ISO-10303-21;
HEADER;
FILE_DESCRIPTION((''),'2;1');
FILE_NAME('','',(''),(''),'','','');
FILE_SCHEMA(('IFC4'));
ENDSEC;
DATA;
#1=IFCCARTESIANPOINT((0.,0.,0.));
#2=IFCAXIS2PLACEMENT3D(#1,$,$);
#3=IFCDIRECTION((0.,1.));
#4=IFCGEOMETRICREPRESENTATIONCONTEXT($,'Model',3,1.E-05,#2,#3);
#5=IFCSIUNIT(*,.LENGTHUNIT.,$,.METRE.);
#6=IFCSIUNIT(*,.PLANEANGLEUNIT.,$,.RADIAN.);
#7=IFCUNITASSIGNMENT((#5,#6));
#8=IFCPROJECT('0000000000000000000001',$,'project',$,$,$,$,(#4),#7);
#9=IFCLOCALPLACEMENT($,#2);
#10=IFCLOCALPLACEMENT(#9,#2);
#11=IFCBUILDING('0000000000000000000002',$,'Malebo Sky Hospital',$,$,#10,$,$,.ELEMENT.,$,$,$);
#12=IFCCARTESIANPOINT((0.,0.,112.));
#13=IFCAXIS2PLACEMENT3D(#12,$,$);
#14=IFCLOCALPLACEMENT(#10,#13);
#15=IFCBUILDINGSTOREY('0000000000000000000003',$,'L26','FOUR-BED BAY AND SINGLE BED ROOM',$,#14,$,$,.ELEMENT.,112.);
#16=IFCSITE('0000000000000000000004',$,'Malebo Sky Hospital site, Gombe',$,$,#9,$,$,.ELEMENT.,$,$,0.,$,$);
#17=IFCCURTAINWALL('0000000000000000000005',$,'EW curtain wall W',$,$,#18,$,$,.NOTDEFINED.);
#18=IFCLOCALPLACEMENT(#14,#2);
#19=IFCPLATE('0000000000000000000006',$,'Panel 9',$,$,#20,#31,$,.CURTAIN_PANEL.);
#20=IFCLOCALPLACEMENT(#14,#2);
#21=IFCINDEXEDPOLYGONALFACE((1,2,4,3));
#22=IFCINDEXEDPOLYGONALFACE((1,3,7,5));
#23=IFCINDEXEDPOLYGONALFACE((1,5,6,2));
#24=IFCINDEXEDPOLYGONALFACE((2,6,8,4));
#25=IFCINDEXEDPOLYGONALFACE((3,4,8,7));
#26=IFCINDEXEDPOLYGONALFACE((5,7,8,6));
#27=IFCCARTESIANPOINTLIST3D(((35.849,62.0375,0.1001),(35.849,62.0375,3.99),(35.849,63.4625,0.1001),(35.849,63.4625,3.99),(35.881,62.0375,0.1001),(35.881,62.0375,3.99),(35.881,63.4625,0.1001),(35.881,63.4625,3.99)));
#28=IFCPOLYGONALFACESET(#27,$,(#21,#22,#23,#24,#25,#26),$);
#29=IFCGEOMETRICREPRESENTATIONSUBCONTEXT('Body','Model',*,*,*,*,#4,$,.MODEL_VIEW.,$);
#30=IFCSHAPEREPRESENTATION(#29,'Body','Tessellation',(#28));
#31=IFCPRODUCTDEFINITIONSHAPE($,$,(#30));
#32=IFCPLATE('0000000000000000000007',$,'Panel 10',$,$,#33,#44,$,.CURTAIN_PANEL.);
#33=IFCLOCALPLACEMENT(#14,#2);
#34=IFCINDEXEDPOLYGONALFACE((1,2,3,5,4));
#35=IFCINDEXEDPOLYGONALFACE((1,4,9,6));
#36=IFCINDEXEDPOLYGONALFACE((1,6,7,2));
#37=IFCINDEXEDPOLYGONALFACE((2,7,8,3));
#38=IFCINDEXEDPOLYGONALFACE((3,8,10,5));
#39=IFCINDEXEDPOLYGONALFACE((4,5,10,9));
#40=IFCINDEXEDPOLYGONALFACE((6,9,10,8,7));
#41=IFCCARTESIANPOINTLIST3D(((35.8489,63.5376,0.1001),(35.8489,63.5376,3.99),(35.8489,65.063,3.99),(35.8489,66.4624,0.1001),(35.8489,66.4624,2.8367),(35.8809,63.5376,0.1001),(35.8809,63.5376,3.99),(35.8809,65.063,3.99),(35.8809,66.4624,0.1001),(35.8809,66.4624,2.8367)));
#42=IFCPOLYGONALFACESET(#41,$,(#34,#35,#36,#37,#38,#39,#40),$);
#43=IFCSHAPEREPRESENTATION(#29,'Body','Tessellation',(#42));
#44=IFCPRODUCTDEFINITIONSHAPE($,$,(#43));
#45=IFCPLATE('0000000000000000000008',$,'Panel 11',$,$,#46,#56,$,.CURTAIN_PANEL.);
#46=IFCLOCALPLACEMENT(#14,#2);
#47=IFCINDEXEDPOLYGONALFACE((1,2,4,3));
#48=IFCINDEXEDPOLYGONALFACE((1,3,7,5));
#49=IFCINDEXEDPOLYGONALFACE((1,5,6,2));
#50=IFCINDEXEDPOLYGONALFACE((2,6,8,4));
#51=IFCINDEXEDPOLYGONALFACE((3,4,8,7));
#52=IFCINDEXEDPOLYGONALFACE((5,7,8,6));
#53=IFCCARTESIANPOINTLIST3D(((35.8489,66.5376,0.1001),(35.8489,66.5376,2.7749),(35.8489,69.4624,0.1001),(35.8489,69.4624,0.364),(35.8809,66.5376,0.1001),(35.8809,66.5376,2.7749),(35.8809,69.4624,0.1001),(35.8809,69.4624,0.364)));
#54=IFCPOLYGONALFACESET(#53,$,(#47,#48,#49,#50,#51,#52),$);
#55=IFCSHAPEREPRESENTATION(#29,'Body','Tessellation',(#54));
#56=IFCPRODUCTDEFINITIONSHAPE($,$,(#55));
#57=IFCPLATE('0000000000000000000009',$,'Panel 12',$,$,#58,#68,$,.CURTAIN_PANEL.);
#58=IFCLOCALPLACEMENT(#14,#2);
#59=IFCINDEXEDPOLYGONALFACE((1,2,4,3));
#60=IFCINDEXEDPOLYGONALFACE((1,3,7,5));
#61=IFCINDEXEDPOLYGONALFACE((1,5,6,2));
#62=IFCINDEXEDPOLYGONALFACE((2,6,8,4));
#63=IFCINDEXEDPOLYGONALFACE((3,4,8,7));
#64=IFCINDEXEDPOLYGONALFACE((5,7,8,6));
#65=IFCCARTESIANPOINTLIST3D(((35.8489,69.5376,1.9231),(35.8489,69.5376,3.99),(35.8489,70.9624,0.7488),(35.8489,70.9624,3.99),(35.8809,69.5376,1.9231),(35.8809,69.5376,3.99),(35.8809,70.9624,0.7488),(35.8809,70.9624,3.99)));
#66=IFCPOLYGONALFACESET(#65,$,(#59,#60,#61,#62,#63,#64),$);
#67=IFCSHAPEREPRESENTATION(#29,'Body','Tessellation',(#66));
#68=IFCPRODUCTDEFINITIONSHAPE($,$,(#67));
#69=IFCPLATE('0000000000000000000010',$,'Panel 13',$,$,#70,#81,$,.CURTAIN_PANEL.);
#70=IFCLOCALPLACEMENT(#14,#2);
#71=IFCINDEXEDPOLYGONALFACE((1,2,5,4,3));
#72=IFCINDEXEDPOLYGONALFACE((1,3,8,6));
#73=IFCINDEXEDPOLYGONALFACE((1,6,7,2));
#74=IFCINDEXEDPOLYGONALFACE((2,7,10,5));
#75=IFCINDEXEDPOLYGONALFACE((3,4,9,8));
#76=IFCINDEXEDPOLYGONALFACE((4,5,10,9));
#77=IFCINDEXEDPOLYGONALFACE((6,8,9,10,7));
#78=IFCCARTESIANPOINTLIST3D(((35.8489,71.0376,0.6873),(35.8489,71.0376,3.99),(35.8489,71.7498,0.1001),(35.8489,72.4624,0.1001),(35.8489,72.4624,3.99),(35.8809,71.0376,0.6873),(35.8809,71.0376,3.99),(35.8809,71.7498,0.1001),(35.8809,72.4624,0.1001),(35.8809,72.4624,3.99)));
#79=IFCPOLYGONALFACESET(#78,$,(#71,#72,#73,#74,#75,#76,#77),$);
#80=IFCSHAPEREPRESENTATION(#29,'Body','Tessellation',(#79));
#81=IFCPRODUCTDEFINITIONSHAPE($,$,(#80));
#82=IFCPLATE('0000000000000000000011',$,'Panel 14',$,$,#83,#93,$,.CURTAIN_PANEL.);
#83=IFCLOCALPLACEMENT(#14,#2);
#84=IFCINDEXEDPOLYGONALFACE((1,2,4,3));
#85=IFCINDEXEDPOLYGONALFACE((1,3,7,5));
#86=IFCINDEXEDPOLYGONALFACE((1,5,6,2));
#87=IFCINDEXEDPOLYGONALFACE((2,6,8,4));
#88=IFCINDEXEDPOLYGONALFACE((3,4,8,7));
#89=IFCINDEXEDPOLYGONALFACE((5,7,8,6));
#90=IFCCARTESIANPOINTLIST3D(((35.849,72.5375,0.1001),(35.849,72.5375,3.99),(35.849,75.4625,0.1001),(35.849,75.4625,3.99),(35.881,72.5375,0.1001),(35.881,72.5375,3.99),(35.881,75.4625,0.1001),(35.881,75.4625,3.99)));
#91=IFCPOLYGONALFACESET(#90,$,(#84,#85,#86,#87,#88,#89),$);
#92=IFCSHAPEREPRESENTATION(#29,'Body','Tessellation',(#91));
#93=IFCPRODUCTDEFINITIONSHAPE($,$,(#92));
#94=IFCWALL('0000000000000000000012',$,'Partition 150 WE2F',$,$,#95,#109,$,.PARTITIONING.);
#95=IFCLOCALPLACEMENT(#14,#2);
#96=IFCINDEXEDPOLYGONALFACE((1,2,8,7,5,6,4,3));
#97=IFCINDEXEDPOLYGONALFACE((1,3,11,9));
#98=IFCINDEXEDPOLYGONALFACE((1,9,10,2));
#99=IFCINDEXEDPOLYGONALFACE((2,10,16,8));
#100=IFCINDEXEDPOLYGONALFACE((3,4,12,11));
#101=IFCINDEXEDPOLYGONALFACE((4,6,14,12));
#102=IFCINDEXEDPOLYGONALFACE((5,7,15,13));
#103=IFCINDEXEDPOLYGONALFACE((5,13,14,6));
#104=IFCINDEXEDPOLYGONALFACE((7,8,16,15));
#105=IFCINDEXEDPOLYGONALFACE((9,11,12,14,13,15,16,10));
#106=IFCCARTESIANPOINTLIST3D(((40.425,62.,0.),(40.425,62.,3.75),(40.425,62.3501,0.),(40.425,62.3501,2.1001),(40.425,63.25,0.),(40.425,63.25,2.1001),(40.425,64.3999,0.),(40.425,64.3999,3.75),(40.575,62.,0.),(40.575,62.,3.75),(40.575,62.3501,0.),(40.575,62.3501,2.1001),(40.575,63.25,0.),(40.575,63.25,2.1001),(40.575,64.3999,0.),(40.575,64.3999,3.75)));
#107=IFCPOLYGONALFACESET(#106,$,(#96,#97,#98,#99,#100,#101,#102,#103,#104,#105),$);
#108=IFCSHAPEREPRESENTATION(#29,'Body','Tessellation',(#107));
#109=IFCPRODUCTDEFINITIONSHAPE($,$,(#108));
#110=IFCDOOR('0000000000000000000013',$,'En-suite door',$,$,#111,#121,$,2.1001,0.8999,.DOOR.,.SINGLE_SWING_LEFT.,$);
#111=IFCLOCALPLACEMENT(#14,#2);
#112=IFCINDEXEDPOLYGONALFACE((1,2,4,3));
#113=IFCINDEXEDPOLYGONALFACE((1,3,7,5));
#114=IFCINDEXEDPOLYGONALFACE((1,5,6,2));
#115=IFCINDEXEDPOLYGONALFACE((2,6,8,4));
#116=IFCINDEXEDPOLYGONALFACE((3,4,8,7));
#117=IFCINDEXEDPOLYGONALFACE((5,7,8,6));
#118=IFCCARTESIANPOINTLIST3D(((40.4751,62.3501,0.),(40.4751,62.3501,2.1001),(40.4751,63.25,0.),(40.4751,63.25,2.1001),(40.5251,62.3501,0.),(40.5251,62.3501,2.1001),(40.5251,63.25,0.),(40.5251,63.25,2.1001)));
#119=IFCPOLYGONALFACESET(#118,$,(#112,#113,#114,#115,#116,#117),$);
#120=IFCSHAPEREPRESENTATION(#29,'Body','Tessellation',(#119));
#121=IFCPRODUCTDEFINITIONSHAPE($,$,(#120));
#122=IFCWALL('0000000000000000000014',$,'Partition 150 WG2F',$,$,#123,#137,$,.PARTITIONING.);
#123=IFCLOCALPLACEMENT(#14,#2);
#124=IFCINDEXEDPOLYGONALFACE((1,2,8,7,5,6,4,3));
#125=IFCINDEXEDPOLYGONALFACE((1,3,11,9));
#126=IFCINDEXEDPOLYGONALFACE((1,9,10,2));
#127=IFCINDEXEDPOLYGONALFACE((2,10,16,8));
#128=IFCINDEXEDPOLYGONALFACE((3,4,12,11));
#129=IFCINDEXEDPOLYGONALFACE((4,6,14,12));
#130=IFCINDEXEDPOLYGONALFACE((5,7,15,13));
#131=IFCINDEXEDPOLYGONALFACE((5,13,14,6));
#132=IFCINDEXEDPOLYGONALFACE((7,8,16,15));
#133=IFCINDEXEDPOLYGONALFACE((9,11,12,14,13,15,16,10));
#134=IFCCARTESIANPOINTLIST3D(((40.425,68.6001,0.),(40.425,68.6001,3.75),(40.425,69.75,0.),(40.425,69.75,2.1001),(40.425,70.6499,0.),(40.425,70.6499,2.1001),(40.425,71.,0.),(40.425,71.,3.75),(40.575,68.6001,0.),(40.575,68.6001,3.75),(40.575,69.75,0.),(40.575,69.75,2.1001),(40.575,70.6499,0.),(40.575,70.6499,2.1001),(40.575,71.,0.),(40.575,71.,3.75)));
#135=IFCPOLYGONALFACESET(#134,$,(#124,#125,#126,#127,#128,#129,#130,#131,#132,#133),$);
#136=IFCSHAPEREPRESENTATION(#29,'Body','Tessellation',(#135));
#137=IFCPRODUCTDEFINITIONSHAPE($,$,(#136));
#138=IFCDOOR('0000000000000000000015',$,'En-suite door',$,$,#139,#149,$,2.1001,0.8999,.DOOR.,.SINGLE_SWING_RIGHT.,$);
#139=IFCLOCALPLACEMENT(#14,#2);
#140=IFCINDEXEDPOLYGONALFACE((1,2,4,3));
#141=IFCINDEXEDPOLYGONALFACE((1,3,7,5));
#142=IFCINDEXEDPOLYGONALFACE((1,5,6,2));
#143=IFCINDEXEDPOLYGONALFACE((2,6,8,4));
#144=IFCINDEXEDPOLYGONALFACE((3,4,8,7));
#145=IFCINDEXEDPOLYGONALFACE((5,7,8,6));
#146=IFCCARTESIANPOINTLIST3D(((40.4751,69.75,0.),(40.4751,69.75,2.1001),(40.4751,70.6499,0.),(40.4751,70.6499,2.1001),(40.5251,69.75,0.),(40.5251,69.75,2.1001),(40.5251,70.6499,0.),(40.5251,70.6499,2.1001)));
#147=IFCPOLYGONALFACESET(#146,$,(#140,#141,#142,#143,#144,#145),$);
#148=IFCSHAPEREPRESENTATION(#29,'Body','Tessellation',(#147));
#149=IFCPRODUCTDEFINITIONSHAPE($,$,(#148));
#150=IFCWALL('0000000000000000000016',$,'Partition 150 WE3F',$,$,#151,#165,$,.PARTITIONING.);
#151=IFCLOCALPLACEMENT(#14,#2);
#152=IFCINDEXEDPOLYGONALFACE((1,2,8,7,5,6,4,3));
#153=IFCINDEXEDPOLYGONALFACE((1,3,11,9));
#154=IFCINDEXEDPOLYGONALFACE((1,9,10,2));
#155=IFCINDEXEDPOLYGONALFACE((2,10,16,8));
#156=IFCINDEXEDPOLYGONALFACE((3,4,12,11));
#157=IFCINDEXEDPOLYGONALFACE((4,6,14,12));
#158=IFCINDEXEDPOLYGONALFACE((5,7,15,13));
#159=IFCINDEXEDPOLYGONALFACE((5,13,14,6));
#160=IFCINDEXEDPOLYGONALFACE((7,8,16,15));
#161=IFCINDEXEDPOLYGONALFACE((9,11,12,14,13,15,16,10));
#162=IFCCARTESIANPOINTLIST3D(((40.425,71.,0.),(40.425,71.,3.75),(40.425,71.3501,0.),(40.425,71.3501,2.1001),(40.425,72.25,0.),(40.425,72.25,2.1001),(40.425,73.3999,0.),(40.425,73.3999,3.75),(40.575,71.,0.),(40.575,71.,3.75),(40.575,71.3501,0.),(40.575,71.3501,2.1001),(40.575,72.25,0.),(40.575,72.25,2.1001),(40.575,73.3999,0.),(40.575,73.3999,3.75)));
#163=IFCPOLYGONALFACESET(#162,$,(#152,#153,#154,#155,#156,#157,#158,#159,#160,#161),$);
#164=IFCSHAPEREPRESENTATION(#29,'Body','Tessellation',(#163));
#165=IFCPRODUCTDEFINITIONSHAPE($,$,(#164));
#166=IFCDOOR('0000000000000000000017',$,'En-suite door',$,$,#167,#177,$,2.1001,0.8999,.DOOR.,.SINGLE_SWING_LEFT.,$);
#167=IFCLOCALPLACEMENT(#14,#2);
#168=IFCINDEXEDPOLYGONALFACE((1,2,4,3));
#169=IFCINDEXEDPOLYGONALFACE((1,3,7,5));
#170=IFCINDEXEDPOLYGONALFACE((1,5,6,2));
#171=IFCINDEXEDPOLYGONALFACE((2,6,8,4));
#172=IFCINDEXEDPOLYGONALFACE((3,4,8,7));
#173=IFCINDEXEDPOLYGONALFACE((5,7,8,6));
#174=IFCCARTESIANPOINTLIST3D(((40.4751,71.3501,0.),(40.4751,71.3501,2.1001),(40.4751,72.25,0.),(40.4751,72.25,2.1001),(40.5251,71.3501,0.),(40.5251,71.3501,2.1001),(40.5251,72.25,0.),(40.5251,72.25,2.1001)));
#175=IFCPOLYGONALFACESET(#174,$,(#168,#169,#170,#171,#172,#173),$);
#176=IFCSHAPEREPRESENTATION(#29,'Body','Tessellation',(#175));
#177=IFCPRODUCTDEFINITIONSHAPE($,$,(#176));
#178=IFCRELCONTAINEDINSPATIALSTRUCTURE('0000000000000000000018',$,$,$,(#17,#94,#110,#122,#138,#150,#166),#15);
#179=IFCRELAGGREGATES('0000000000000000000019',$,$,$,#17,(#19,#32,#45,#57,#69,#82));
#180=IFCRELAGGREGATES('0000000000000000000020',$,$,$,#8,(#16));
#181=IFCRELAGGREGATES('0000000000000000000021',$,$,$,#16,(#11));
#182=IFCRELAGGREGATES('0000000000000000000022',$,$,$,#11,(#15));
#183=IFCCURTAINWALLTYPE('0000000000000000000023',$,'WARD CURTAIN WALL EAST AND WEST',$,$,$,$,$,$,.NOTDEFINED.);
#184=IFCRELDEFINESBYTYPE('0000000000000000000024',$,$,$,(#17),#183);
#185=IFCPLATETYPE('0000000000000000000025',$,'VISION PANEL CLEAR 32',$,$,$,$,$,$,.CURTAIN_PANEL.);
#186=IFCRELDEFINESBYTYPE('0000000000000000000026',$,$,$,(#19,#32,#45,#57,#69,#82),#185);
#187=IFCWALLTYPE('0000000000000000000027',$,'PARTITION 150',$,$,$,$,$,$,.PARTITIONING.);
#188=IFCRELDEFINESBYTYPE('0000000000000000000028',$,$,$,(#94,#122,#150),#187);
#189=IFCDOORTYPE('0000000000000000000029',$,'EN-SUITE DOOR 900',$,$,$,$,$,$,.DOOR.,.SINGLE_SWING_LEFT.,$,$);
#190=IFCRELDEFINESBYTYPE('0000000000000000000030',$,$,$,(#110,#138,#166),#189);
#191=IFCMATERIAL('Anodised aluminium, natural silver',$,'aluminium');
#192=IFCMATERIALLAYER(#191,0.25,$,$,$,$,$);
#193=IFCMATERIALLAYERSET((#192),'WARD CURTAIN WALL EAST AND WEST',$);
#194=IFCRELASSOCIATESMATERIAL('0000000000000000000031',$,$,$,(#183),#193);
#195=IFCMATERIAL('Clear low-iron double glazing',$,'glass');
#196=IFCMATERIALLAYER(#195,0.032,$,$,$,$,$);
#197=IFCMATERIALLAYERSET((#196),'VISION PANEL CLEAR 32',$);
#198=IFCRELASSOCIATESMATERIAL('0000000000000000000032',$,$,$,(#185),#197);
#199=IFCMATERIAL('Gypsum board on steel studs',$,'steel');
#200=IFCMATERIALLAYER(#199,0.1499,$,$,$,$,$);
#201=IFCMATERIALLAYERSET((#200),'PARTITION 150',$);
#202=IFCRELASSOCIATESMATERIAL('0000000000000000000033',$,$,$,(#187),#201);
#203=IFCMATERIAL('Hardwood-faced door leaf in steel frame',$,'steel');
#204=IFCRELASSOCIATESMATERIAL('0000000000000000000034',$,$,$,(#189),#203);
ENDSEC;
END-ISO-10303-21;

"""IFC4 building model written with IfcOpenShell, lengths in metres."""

from ifc_helpers import new_model, si_unit, direction, frame, frame_2d, origin, origin_2d, place, context, subcontext, project, spatial, polyline, rectangle, outline, extrude, material, layer, layer_set, type_object, element, fill, aggregate, save


model = new_model("IFC4")

# Units and contexts
model_context = context("Model", 3, precision=1e-05, world=origin(), true_north=direction((0.0, 1.0)))
body_context = subcontext(model_context, "Body", "Model", "MODEL_VIEW")
ifc_project = project(units=[si_unit("LENGTHUNIT", "METRE"), si_unit("PLANEANGLEUNIT", "RADIAN")], contexts=[model_context])

# Site, building, storey
site_placement = place(None, origin())
site = spatial("IfcSite", under=ifc_project, at=site_placement, Name="Malebo Sky Hospital site, Gombe", CompositionType="ELEMENT", RefElevation=0.0)
building_placement = place(site_placement, origin())
building = spatial("IfcBuilding", under=site, at=building_placement, Name="Malebo Sky Hospital", CompositionType="ELEMENT")
storey_placement = place(building_placement, frame((0.0, 0.0, 112.0)))
storey = spatial("IfcBuildingStorey", under=building, at=storey_placement, Name="L26", Description="FOUR-BED BAY AND SINGLE BED ROOM", CompositionType="ELEMENT", Elevation=112.0)

# Curtain wall
ifc_material_1 = material(Name="Anodised aluminium, natural silver", Category="aluminium")
ifc_layer_1 = layer(ifc_material_1, 0.25)
ifc_layer_set_1 = layer_set([ifc_layer_1], Name="WARD CURTAIN WALL EAST AND WEST")
curtain_wall_type = type_object("IfcCurtainWallType", Name="WARD CURTAIN WALL EAST AND WEST", PredefinedType="NOTDEFINED", material=ifc_layer_set_1)
curtain_wall_placement = place(storey_placement, origin())
curtain_wall = element("IfcCurtainWall", 1, at=curtain_wall_placement, inside=storey, type_object=curtain_wall_type, Name="EW curtain wall W", PredefinedType="NOTDEFINED")

# Plates
ifc_material_2 = material(Name="Clear low-iron double glazing", Category="glass")
ifc_layer_2 = layer(ifc_material_2, 0.032)
ifc_layer_set_2 = layer_set([ifc_layer_2], Name="VISION PANEL CLEAR 32")
plate_type = type_object("IfcPlateType", Name="VISION PANEL CLEAR 32", PredefinedType="CURTAIN_PANEL", material=ifc_layer_set_2)
plate_1_placement = place(storey_placement, frame((35.865, 62.75, 0.1001), z_axis=(0.0, 0.0, 1.0), x_axis=(0.0, 1.0, 0.0)))
plate_1 = element("IfcPlate", 2, at=plate_1_placement, type_object=plate_type, Name="Panel 9", PredefinedType="CURTAIN_PANEL", context=body_context, shape_type="SweptSolid", body=[
    extrude(rectangle(XDim=1.425, YDim=0.032, at=origin_2d()), origin(), (0.0, 0.0, 1.0), 3.8899),
])
plate_2_placement = place(storey_placement, frame((35.865, 65.0, 0.1001), z_axis=(0.0, 0.0, 1.0), x_axis=(0.0, 1.0, 0.0)))
plate_2 = element("IfcPlate", 3, at=plate_2_placement, type_object=plate_type, Name="Panel 10", PredefinedType="CURTAIN_PANEL", context=body_context, shape_type="SweptSolid", body=[
    extrude(outline(polyline([(-1.4624, 0.0), (1.4624, 0.0), (1.4624, 2.7366), (0.063, 3.8899), (-1.4624, 3.8899), (-1.4624, 0.0)])), frame((0.0, 0.0161, 0.0), z_axis=(0.0, -1.0, 0.0), x_axis=(1.0, 0.0, 0.0)), (0.0, 0.0, 1.0), 0.032),
])
plate_3_placement = place(storey_placement, frame((35.865, 68.0, 0.1001), z_axis=(0.0, 0.0, 1.0), x_axis=(0.0, 1.0, 0.0)))
plate_3 = element("IfcPlate", 4, at=plate_3_placement, type_object=plate_type, Name="Panel 11", PredefinedType="CURTAIN_PANEL", context=body_context, shape_type="SweptSolid", body=[
    extrude(outline(polyline([(-1.4624, 0.0), (1.4624, 0.0), (1.4624, 0.2639), (-1.4624, 2.6748), (-1.4624, 0.0)])), frame((0.0, 0.0161, 0.0), z_axis=(0.0, -1.0, 0.0), x_axis=(1.0, 0.0, 0.0)), (0.0, 0.0, 1.0), 0.032),
])
plate_4_placement = place(storey_placement, frame((35.865, 70.25, 0.7488), z_axis=(0.0, 0.0, 1.0), x_axis=(0.0, 1.0, 0.0)))
plate_4 = element("IfcPlate", 5, at=plate_4_placement, type_object=plate_type, Name="Panel 12", PredefinedType="CURTAIN_PANEL", context=body_context, shape_type="SweptSolid", body=[
    extrude(outline(polyline([(0.7124, 0.0), (0.7124, 3.2412), (-0.7124, 3.2412), (-0.7124, 1.1743), (0.7124, 0.0)])), frame((0.0, 0.0161, 0.0), z_axis=(0.0, -1.0, 0.0), x_axis=(1.0, 0.0, 0.0)), (0.0, 0.0, 1.0), 0.032),
])
plate_5_placement = place(storey_placement, frame((35.865, 71.75, 0.1001), z_axis=(0.0, 0.0, 1.0), x_axis=(0.0, 1.0, 0.0)))
plate_5 = element("IfcPlate", 6, at=plate_5_placement, type_object=plate_type, Name="Panel 13", PredefinedType="CURTAIN_PANEL", context=body_context, shape_type="SweptSolid", body=[
    extrude(outline(polyline([(-0.0002, 0.0), (0.7124, 0.0), (0.7124, 3.8899), (-0.7124, 3.8899), (-0.7124, 0.5872), (-0.0002, 0.0)])), frame((0.0, 0.0161, 0.0), z_axis=(0.0, -1.0, 0.0), x_axis=(1.0, 0.0, 0.0)), (0.0, 0.0, 1.0), 0.032),
])
plate_6_placement = place(storey_placement, frame((35.865, 74.0, 0.1001), z_axis=(0.0, 0.0, 1.0), x_axis=(0.0, 1.0, 0.0)))
plate_6 = element("IfcPlate", 7, at=plate_6_placement, type_object=plate_type, Name="Panel 14", PredefinedType="CURTAIN_PANEL", context=body_context, shape_type="SweptSolid", body=[
    extrude(rectangle(XDim=2.925, YDim=0.032, at=origin_2d()), origin(), (0.0, 0.0, 1.0), 3.8899),
])
aggregate(curtain_wall, [plate_1, plate_2, plate_3, plate_4, plate_5, plate_6])

# Walls, openings, doors
ifc_material_3 = material(Name="Gypsum board on steel studs", Category="steel")
ifc_layer_3 = layer(ifc_material_3, 0.1499)
ifc_layer_set_3 = layer_set([ifc_layer_3], Name="PARTITION 150")
wall_type = type_object("IfcWallType", Name="PARTITION 150", PredefinedType="PARTITIONING", material=ifc_layer_set_3)
wall_1_placement = place(storey_placement, frame((40.5, 62.0, 0.0), z_axis=(0.0, 0.0, 1.0), x_axis=(0.0, 1.0, 0.0)))
wall_1 = element("IfcWall", 8, at=wall_1_placement, inside=storey, type_object=wall_type, Name="Partition 150 WE2F", PredefinedType="PARTITIONING", context=body_context, shape_type="SweptSolid", body=[
    extrude(rectangle(XDim=2.3999, YDim=0.1499, at=frame_2d((1.2, 0.0))), origin(), (0.0, 0.0, 1.0), 3.75),
])
opening_1_placement = place(wall_1_placement, frame((0.3501, 0.0, 0.0)))
opening_1 = element("IfcOpeningElement", 9, at=opening_1_placement, cuts=wall_1, PredefinedType="OPENING", context=body_context, shape_type="SweptSolid", body=[
    extrude(rectangle(XDim=0.8999, YDim=2.1001, at=frame_2d((0.45, 1.05))), frame((0.0, 0.085, 0.0), z_axis=(0.0, -1.0, 0.0), x_axis=(1.0, 0.0, 0.0)), (0.0, 0.0, 1.0), 0.1699),
])
ifc_material_4 = material(Name="Hardwood-faced door leaf in steel frame", Category="steel")
door_type = type_object("IfcDoorType", Name="EN-SUITE DOOR 900", OperationType="SINGLE_SWING_LEFT", PredefinedType="DOOR", material=ifc_material_4)
door_1_placement = place(opening_1_placement, origin())
door_1 = element("IfcDoor", 10, at=door_1_placement, inside=storey, type_object=door_type, Name="En-suite door", OperationType="SINGLE_SWING_LEFT", OverallHeight=2.1001, OverallWidth=0.8999, PredefinedType="DOOR", context=body_context, shape_type="SweptSolid", body=[
    extrude(rectangle(XDim=0.8999, YDim=2.1001, at=frame_2d((0.45, 1.05))), frame((0.0, 0.0249, 0.0), z_axis=(0.0, -1.0, 0.0), x_axis=(1.0, 0.0, 0.0)), (0.0, 0.0, 1.0), 0.05),
])
fill(opening_1, door_1)
wall_2_placement = place(storey_placement, frame((40.5, 68.6001, 0.0), z_axis=(0.0, 0.0, 1.0), x_axis=(0.0, 1.0, 0.0)))
wall_2 = element("IfcWall", 11, at=wall_2_placement, inside=storey, type_object=wall_type, Name="Partition 150 WG2F", PredefinedType="PARTITIONING", context=body_context, shape_type="SweptSolid", body=[
    extrude(rectangle(XDim=2.3999, YDim=0.1499, at=frame_2d((1.2, 0.0))), origin(), (0.0, 0.0, 1.0), 3.75),
])
opening_2_placement = place(wall_2_placement, frame((1.1499, 0.0, 0.0)))
opening_2 = element("IfcOpeningElement", 12, at=opening_2_placement, cuts=wall_2, PredefinedType="OPENING", context=body_context, shape_type="SweptSolid", body=[
    extrude(rectangle(XDim=0.8999, YDim=2.1001, at=frame_2d((0.45, 1.05))), frame((0.0, 0.085, 0.0), z_axis=(0.0, -1.0, 0.0), x_axis=(1.0, 0.0, 0.0)), (0.0, 0.0, 1.0), 0.1699),
])
door_2_placement = place(opening_2_placement, origin())
door_2 = element("IfcDoor", 13, at=door_2_placement, inside=storey, type_object=door_type, Name="En-suite door", OperationType="SINGLE_SWING_RIGHT", OverallHeight=2.1001, OverallWidth=0.8999, PredefinedType="DOOR", context=body_context, shape_type="SweptSolid", body=[
    extrude(rectangle(XDim=0.8999, YDim=2.1001, at=frame_2d((0.45, 1.05))), frame((0.0, 0.0249, 0.0), z_axis=(0.0, -1.0, 0.0), x_axis=(1.0, 0.0, 0.0)), (0.0, 0.0, 1.0), 0.05),
])
fill(opening_2, door_2)
wall_3_placement = place(storey_placement, frame((40.5, 71.0, 0.0), z_axis=(0.0, 0.0, 1.0), x_axis=(0.0, 1.0, 0.0)))
wall_3 = element("IfcWall", 14, at=wall_3_placement, inside=storey, type_object=wall_type, Name="Partition 150 WE3F", PredefinedType="PARTITIONING", context=body_context, shape_type="SweptSolid", body=[
    extrude(rectangle(XDim=2.3999, YDim=0.1499, at=frame_2d((1.2, 0.0))), origin(), (0.0, 0.0, 1.0), 3.75),
])
opening_3_placement = place(wall_3_placement, frame((0.3501, 0.0, 0.0)))
opening_3 = element("IfcOpeningElement", 15, at=opening_3_placement, cuts=wall_3, PredefinedType="OPENING", context=body_context, shape_type="SweptSolid", body=[
    extrude(rectangle(XDim=0.8999, YDim=2.1001, at=frame_2d((0.45, 1.05))), frame((0.0, 0.085, 0.0), z_axis=(0.0, -1.0, 0.0), x_axis=(1.0, 0.0, 0.0)), (0.0, 0.0, 1.0), 0.1699),
])
door_3_placement = place(opening_3_placement, origin())
door_3 = element("IfcDoor", 16, at=door_3_placement, inside=storey, type_object=door_type, Name="En-suite door", OperationType="SINGLE_SWING_LEFT", OverallHeight=2.1001, OverallWidth=0.8999, PredefinedType="DOOR", context=body_context, shape_type="SweptSolid", body=[
    extrude(rectangle(XDim=0.8999, YDim=2.1001, at=frame_2d((0.45, 1.05))), frame((0.0, 0.0249, 0.0), z_axis=(0.0, -1.0, 0.0), x_axis=(1.0, 0.0, 0.0)), (0.0, 0.0, 1.0), 0.05),
])
fill(opening_3, door_3)

save(model, "model.ifc")
